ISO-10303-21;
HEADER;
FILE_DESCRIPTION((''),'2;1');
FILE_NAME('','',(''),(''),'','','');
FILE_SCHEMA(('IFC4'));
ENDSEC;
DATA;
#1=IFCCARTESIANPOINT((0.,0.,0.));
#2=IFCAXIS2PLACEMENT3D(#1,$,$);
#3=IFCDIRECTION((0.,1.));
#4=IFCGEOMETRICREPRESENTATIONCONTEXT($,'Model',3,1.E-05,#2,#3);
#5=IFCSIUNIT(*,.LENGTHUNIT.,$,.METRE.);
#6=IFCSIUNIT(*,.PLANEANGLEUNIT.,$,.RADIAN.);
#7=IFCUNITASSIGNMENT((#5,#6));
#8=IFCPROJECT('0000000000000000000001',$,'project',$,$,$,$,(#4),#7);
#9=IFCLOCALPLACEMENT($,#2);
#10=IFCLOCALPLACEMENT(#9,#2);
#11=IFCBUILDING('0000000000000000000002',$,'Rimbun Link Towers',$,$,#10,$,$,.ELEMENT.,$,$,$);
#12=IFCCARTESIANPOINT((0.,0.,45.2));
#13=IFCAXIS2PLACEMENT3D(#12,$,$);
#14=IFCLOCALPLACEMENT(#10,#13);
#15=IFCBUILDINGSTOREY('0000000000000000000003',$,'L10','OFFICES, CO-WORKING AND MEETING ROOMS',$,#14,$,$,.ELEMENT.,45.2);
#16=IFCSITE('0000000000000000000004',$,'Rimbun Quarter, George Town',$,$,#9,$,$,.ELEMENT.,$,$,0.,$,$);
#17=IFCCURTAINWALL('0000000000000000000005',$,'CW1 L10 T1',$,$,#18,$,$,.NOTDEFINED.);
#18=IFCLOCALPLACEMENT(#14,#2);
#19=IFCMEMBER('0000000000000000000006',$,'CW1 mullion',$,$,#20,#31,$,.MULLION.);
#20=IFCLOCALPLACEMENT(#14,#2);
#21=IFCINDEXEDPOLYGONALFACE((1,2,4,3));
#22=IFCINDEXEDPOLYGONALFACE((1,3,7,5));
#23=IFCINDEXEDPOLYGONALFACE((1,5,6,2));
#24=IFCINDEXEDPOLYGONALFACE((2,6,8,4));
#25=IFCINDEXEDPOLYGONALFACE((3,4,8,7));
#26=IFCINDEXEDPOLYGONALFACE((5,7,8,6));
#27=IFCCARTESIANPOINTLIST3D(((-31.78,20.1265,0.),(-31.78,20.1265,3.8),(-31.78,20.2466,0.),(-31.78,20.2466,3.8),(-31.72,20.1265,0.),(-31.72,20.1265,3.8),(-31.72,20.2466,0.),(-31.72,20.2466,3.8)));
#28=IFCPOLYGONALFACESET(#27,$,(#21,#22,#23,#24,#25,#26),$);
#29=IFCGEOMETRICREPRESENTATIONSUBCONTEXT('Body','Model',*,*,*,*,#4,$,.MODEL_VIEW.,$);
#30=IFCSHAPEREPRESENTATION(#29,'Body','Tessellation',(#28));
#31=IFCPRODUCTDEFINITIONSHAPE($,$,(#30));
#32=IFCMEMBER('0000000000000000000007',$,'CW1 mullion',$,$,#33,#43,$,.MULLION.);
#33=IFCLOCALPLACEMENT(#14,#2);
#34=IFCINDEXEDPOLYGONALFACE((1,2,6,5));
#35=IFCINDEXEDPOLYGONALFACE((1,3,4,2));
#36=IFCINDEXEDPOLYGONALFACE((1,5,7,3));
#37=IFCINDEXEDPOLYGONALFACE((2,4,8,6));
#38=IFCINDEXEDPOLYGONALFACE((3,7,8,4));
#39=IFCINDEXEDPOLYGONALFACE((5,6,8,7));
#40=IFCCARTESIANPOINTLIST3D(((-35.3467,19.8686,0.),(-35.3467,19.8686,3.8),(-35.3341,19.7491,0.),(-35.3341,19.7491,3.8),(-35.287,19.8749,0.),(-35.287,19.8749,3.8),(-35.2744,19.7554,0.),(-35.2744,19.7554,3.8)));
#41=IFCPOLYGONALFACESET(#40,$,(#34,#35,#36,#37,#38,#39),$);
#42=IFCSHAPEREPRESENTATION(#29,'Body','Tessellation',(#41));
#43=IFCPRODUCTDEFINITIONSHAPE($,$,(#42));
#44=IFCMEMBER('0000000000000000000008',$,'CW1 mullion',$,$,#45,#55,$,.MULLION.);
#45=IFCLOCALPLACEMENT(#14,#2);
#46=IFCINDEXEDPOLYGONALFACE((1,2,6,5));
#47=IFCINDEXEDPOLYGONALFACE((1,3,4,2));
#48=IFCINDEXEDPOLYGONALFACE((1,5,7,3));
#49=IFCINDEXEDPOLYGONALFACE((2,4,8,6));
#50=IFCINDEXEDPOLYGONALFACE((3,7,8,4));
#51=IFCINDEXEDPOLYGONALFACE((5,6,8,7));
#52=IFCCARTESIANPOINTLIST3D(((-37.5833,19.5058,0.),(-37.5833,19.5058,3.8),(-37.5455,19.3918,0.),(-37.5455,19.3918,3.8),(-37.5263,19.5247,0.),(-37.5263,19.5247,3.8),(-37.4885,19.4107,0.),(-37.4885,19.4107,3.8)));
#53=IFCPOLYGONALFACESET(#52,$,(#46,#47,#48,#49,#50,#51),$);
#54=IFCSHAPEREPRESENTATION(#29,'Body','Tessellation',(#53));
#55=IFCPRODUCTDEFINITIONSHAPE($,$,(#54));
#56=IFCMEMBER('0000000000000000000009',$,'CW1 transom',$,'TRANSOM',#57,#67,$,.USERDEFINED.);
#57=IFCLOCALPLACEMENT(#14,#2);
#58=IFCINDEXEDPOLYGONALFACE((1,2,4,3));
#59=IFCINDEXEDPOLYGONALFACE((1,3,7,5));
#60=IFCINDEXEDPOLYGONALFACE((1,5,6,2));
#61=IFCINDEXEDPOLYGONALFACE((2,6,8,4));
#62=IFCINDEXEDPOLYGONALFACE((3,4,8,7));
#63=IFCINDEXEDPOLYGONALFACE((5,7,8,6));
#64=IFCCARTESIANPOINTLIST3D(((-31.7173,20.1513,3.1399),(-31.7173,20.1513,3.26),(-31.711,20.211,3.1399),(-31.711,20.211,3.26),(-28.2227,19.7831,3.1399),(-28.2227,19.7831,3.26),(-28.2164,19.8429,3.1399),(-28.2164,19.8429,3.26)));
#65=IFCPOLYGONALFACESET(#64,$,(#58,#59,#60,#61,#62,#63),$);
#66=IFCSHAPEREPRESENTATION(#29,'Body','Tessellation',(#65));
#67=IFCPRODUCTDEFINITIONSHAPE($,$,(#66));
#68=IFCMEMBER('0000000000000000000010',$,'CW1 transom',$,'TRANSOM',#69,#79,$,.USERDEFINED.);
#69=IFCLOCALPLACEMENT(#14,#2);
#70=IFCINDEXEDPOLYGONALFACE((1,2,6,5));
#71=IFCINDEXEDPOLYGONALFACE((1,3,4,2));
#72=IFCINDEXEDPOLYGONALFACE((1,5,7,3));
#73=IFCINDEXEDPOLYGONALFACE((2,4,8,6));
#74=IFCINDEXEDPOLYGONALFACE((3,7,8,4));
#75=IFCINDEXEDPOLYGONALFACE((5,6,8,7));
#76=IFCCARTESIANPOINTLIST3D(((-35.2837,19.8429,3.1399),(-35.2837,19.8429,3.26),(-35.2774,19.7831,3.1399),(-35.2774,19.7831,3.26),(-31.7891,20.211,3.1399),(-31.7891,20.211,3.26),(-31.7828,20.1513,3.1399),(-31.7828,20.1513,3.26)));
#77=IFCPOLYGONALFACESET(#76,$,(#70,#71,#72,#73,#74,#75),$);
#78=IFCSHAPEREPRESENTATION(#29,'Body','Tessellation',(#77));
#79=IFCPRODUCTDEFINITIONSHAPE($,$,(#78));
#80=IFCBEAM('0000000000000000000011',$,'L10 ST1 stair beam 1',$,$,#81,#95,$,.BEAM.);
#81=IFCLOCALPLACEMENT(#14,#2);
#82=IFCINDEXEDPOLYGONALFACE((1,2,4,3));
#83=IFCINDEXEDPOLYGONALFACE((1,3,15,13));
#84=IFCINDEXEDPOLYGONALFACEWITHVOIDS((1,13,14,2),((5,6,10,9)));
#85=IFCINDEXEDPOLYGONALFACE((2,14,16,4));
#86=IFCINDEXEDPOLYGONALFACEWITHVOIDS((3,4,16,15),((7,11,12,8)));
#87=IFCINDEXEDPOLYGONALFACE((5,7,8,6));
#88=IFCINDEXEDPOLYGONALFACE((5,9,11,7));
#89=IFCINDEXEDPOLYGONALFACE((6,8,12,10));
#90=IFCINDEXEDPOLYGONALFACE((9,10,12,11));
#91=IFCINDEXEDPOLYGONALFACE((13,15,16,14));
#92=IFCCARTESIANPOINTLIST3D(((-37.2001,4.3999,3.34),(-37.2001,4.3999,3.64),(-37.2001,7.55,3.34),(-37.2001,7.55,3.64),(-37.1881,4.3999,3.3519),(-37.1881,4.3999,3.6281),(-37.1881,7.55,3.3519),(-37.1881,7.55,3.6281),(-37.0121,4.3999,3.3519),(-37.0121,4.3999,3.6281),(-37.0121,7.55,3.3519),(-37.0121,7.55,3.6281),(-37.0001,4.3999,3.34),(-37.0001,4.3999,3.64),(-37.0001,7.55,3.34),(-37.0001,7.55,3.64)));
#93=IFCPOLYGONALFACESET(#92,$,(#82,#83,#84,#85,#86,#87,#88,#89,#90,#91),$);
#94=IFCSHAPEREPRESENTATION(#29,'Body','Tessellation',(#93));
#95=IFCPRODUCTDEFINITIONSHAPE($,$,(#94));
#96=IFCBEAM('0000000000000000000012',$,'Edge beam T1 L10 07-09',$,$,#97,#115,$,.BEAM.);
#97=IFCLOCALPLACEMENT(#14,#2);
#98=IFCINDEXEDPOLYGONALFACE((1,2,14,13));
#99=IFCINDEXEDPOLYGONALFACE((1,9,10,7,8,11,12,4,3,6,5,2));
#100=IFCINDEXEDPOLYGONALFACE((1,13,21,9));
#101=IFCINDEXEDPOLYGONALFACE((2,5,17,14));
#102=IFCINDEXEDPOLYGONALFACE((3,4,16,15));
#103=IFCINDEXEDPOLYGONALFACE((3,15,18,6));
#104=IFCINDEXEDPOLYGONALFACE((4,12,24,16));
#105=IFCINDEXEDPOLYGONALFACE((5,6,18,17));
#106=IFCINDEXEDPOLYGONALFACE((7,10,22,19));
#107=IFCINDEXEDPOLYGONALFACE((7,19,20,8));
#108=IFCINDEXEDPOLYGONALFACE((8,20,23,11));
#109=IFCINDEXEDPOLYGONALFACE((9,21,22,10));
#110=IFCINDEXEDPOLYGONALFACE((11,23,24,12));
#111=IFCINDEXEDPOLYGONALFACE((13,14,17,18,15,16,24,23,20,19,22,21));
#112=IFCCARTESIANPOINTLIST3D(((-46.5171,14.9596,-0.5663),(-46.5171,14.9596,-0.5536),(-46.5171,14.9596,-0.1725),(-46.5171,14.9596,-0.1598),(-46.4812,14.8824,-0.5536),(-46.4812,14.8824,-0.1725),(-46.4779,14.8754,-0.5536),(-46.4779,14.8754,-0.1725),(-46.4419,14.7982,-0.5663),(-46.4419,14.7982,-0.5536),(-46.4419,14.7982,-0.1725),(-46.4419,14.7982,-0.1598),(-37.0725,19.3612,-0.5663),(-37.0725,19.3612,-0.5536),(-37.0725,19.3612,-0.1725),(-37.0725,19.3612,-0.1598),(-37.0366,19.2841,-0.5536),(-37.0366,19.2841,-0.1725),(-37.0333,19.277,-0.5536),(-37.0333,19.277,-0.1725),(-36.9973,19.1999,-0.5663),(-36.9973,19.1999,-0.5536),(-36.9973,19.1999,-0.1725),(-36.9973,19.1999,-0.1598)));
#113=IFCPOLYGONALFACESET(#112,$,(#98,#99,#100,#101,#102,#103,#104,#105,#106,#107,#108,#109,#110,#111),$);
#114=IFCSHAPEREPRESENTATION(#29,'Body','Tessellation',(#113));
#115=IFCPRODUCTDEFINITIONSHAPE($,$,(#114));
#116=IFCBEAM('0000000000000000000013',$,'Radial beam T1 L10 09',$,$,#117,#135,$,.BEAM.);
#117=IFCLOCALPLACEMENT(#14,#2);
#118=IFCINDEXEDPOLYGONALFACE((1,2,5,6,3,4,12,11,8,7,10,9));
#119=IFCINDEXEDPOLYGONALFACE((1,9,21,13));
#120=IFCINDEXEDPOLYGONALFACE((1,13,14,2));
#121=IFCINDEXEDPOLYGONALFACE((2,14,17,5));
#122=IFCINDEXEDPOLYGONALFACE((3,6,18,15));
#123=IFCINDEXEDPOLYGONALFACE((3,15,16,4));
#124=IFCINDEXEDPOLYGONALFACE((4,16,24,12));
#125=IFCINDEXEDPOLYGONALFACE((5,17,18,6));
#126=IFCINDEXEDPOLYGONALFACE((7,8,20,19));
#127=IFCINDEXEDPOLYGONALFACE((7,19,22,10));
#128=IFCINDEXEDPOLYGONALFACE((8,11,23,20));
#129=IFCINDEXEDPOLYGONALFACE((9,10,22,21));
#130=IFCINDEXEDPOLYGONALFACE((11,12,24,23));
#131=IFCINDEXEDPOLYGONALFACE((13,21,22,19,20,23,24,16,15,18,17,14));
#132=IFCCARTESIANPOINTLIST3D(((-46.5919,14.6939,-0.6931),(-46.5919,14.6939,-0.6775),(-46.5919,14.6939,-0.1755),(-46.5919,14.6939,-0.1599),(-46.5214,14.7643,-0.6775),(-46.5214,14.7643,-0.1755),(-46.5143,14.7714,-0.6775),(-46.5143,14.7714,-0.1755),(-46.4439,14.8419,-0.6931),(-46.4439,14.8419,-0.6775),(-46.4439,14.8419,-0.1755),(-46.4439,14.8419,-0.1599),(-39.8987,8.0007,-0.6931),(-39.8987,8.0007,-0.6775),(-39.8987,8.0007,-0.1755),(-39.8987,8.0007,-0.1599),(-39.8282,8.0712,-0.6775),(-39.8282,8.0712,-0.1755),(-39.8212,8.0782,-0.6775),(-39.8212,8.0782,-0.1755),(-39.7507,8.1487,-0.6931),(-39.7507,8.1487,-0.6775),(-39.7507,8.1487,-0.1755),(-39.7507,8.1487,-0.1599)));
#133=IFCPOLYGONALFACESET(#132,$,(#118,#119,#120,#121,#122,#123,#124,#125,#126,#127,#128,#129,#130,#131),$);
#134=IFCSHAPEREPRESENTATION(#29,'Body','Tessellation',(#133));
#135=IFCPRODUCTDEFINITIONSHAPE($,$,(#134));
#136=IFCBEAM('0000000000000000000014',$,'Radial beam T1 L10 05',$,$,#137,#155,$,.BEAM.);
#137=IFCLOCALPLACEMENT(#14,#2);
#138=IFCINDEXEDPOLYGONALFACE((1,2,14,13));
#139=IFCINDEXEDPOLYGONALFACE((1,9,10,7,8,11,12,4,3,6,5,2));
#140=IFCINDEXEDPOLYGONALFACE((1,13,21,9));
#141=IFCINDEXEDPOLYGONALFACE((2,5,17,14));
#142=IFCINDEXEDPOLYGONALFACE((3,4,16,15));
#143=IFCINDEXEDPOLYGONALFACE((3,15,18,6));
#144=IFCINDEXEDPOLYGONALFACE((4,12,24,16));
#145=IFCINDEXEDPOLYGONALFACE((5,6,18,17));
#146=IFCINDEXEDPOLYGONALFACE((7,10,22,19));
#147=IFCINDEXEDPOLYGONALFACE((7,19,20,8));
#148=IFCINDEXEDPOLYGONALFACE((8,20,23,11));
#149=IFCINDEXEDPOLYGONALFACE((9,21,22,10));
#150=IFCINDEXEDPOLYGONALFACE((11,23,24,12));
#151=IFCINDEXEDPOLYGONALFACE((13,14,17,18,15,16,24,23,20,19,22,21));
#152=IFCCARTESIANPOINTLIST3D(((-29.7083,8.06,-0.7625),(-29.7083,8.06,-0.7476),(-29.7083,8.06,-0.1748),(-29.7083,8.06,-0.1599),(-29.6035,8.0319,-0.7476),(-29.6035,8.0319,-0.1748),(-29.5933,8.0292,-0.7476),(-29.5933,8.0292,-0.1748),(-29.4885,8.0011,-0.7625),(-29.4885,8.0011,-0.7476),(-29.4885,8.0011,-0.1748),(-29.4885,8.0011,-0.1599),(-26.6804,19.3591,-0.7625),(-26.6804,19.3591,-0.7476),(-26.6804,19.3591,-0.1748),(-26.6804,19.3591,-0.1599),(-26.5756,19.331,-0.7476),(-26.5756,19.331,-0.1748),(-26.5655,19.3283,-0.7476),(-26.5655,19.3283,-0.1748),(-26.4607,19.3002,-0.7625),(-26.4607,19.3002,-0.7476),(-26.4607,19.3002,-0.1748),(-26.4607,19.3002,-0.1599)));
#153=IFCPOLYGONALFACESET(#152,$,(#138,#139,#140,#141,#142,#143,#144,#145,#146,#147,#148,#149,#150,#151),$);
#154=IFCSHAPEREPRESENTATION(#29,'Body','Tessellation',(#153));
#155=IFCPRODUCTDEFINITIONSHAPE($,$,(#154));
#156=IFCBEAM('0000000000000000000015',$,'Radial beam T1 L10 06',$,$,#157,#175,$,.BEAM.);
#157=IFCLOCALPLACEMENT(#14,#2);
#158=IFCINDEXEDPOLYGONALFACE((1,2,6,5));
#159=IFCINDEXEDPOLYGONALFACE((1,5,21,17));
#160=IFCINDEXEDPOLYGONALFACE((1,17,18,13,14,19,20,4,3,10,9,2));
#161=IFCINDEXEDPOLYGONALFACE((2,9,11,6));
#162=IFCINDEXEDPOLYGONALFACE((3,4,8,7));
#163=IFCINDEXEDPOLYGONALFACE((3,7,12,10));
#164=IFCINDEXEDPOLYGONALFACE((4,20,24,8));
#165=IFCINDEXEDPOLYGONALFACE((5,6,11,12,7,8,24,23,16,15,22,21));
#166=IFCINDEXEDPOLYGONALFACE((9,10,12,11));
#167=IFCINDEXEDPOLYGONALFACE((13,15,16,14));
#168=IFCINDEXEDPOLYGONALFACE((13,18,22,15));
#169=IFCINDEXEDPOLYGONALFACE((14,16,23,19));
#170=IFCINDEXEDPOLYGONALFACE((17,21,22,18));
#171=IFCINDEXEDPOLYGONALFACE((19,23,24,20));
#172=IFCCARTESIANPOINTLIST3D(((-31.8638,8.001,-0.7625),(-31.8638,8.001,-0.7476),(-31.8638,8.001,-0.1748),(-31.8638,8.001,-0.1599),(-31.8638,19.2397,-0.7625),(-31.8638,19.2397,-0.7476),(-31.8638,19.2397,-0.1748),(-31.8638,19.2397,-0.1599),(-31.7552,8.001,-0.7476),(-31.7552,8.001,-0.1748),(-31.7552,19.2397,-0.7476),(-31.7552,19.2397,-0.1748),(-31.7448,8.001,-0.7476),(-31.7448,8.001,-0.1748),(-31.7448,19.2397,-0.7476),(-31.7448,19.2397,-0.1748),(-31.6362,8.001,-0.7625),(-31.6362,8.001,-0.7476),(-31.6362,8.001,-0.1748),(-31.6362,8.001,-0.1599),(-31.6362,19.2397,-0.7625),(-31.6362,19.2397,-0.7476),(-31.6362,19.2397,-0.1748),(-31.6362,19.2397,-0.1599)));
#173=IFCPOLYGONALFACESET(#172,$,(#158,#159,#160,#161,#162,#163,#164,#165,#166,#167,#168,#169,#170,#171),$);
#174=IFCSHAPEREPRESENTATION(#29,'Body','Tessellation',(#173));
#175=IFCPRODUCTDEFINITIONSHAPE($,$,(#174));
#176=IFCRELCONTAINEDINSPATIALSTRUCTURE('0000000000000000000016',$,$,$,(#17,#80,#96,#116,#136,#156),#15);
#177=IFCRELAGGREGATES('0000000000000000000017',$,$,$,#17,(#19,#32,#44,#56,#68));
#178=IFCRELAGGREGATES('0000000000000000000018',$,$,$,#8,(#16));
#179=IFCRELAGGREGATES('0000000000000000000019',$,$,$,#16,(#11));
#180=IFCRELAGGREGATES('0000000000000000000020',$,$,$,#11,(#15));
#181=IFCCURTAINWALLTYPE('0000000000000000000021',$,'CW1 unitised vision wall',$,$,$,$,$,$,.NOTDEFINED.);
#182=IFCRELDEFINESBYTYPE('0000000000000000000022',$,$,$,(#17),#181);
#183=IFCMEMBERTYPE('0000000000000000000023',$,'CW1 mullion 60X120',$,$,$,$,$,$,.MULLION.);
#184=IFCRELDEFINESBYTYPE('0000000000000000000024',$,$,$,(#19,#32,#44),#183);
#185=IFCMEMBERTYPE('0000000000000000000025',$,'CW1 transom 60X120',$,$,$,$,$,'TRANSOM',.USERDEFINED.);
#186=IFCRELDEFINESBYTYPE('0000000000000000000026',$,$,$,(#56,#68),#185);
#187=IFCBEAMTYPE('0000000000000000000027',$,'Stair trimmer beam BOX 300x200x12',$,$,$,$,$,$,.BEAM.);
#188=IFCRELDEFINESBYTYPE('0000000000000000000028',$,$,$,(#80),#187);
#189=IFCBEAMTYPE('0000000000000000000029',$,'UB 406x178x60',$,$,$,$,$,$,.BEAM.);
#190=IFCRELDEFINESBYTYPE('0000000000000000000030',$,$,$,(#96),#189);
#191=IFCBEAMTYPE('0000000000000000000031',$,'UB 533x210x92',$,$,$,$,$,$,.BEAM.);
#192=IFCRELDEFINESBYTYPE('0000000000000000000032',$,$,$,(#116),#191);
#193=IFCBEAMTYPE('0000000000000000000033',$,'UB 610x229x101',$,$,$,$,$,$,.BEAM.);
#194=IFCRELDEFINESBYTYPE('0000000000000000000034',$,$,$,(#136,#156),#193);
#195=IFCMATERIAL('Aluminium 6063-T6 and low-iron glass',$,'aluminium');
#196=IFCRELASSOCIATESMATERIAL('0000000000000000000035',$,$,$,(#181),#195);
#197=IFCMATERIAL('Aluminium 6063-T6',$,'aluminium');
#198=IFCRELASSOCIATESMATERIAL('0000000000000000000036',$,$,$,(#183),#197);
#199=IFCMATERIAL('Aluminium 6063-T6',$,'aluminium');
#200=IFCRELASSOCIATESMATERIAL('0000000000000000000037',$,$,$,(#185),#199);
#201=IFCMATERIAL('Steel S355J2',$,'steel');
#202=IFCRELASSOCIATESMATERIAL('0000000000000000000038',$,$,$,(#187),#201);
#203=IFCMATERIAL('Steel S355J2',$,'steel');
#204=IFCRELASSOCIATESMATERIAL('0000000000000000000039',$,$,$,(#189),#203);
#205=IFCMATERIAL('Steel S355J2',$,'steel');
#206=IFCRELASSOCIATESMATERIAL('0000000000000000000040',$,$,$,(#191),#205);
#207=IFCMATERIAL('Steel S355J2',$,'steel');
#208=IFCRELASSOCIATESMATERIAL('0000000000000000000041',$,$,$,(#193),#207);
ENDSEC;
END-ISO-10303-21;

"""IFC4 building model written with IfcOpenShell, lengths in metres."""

from ifc_helpers import new_model, si_unit, direction, frame, origin, origin_2d, place, context, subcontext, project, spatial, rectangle, hollow_rectangle, i_section, extrude, material, material_profile, profile_set, type_object, element, aggregate, save


model = new_model("IFC4")

# Units and contexts
model_context = context("Model", 3, precision=1e-05, world=origin(), true_north=direction((0.0, 1.0)))
body_context = subcontext(model_context, "Body", "Model", "MODEL_VIEW")
ifc_project = project(units=[si_unit("LENGTHUNIT", "METRE"), si_unit("PLANEANGLEUNIT", "RADIAN")], contexts=[model_context])

# Site, building, storey
site_placement = place(None, origin())
site = spatial("IfcSite", under=ifc_project, at=site_placement, Name="Rimbun Quarter, George Town", CompositionType="ELEMENT", RefElevation=0.0)
building_placement = place(site_placement, origin())
building = spatial("IfcBuilding", under=site, at=building_placement, Name="Rimbun Link Towers", CompositionType="ELEMENT")
storey_placement = place(building_placement, frame((0.0, 0.0, 45.2)))
storey = spatial("IfcBuildingStorey", under=building, at=storey_placement, Name="L10", Description="OFFICES, CO-WORKING AND MEETING ROOMS", CompositionType="ELEMENT", Elevation=45.2)

# Curtain wall, members
ifc_material_1 = material(Name="Aluminium 6063-T6 and low-iron glass", Category="aluminium")
curtain_wall_type = type_object("IfcCurtainWallType", Name="CW1 unitised vision wall", PredefinedType="NOTDEFINED", material=ifc_material_1)
curtain_wall_placement = place(storey_placement, origin())
curtain_wall = element("IfcCurtainWall", 1, at=curtain_wall_placement, inside=storey, type_object=curtain_wall_type, Name="CW1 L10 T1", PredefinedType="NOTDEFINED")
ifc_material_2 = material(Name="Aluminium 6063-T6", Category="aluminium")
ifc_material_profile_1 = material_profile(ifc_material_2, rectangle(XDim=0.1201, YDim=0.0601, at=origin_2d()), Name="MULLION 60X120")
ifc_profile_set_1 = profile_set([ifc_material_profile_1], Name="Aluminium 6063-T6")
member_type_1 = type_object("IfcMemberType", Name="CW1 mullion 60X120", PredefinedType="MULLION", material=ifc_profile_set_1)
member_1_placement = place(storey_placement, frame((-31.75, 20.1865, 0.0), z_axis=(0.0, 0.0, 1.0), x_axis=(0.0, 1.0, 0.0)))
member_1 = element("IfcMember", 2, at=member_1_placement, type_object=member_type_1, Name="CW1 mullion", PredefinedType="MULLION", context=body_context, shape_type="SweptSolid", body=[
    extrude(rectangle(XDim=0.1201, YDim=0.0601, at=origin_2d()), origin(), (0.0, 0.0, 1.0), 3.8),
])
member_2_placement = place(storey_placement, frame((-35.3105, 19.812, 0.0), z_axis=(0.0, 0.0, 1.0), x_axis=(-0.104742, 0.994499, 0.0)))
member_2 = element("IfcMember", 3, at=member_2_placement, type_object=member_type_1, Name="CW1 mullion", PredefinedType="MULLION", context=body_context, shape_type="SweptSolid", body=[
    extrude(rectangle(XDim=0.1201, YDim=0.0601, at=origin_2d()), origin(), (0.0, 0.0, 1.0), 3.8),
])
member_3_placement = place(storey_placement, frame((-37.5359, 19.4583, 0.0), z_axis=(0.0, 0.0, 1.0), x_axis=(-0.314558, 0.949238, 0.0)))
member_3 = element("IfcMember", 4, at=member_3_placement, type_object=member_type_1, Name="CW1 mullion", PredefinedType="MULLION", context=body_context, shape_type="SweptSolid", body=[
    extrude(rectangle(XDim=0.1201, YDim=0.0601, at=origin_2d()), origin(), (0.0, 0.0, 1.0), 3.8),
])
ifc_material_3 = material(Name="Aluminium 6063-T6", Category="aluminium")
ifc_material_profile_2 = material_profile(ifc_material_3, rectangle(XDim=0.0601, YDim=0.1201, at=origin_2d()), Name="TRANSOM 60X120")
ifc_profile_set_2 = profile_set([ifc_material_profile_2], Name="Aluminium 6063-T6")
member_type_2 = type_object("IfcMemberType", Name="CW1 transom 60X120", ElementType="TRANSOM", PredefinedType="USERDEFINED", material=ifc_profile_set_2)
member_4_placement = place(storey_placement, frame((-31.7141, 20.1812, 3.2), z_axis=(0.994496, -0.104772, 0.0), x_axis=(0.104772, 0.994496, 0.0)))
member_4 = element("IfcMember", 5, at=member_4_placement, type_object=member_type_2, Name="CW1 transom", ObjectType="TRANSOM", PredefinedType="USERDEFINED", context=body_context, shape_type="SweptSolid", body=[
    extrude(rectangle(XDim=0.0601, YDim=0.1201, at=origin_2d()), origin(), (0.0, 0.0, 1.0), 3.5139),
])
member_5_placement = place(storey_placement, frame((-35.2805, 19.813, 3.2), z_axis=(0.994496, 0.104772, 0.0), x_axis=(-0.104772, 0.994496, 0.0)))
member_5 = element("IfcMember", 6, at=member_5_placement, type_object=member_type_2, Name="CW1 transom", ObjectType="TRANSOM", PredefinedType="USERDEFINED", context=body_context, shape_type="SweptSolid", body=[
    extrude(rectangle(XDim=0.0601, YDim=0.1201, at=origin_2d()), origin(), (0.0, 0.0, 1.0), 3.5139),
])

# Beams
ifc_material_4 = material(Name="Steel S355J2", Category="steel")
ifc_material_profile_3 = material_profile(ifc_material_4, hollow_rectangle(XDim=0.2, YDim=0.3, WallThickness=0.012, at=origin_2d()), Name="BOX 300x200x12")
ifc_profile_set_3 = profile_set([ifc_material_profile_3], Name="Steel S355J2")
beam_type_1 = type_object("IfcBeamType", Name="Stair trimmer beam BOX 300x200x12", PredefinedType="BEAM", material=ifc_profile_set_3)
beam_1_placement = place(storey_placement, frame((-37.1001, 7.55, 3.49), z_axis=(0.0, -1.0, 0.0), x_axis=(1.0, 0.0, 0.0)))
element("IfcBeam", 7, at=beam_1_placement, inside=storey, type_object=beam_type_1, Name="L10 ST1 stair beam 1", PredefinedType="BEAM", context=body_context, shape_type="SweptSolid", body=[
    extrude(hollow_rectangle(XDim=0.2, YDim=0.3, WallThickness=0.012, at=origin_2d()), origin(), (0.0, 0.0, 1.0), 3.1501),
])
ifc_material_5 = material(Name="Steel S355J2", Category="steel")
ifc_material_profile_4 = material_profile(ifc_material_5, i_section(OverallWidth=0.178, OverallDepth=0.4065, WebThickness=0.0078, FlangeThickness=0.0127, at=origin_2d()), Name="UB 406x178x60")
ifc_profile_set_4 = profile_set([ifc_material_profile_4], Name="Steel S355J2")
beam_type_2 = type_object("IfcBeamType", Name="UB 406x178x60", PredefinedType="BEAM", material=ifc_profile_set_4)
beam_2_placement = place(storey_placement, frame((-37.0349, 19.2805, -0.363), z_axis=(-0.906399, -0.422424, 0.0), x_axis=(0.422424, -0.906399, 0.0)))
element("IfcBeam", 8, at=beam_2_placement, inside=storey, type_object=beam_type_2, Name="Edge beam T1 L10 07-09", PredefinedType="BEAM", context=body_context, shape_type="SweptSolid", body=[
    extrude(i_section(OverallWidth=0.178, OverallDepth=0.4065, WebThickness=0.0078, FlangeThickness=0.0127, at=origin_2d()), origin(), (0.0, 0.0, 1.0), 10.4199),
])
ifc_material_6 = material(Name="Steel S355J2", Category="steel")
ifc_material_profile_5 = material_profile(ifc_material_6, i_section(OverallWidth=0.2092, OverallDepth=0.5332, WebThickness=0.01, FlangeThickness=0.0156, at=origin_2d()), Name="UB 533x210x92")
ifc_profile_set_5 = profile_set([ifc_material_profile_5], Name="Steel S355J2")
beam_type_3 = type_object("IfcBeamType", Name="UB 533x210x92", PredefinedType="BEAM", material=ifc_profile_set_5)
beam_3_placement = place(storey_placement, frame((-39.8247, 8.0747, -0.4265), z_axis=(-0.707107, 0.707107, 0.0), x_axis=(-0.707107, -0.707107, 0.0)))
element("IfcBeam", 9, at=beam_3_placement, inside=storey, type_object=beam_type_3, Name="Radial beam T1 L10 09", PredefinedType="BEAM", context=body_context, shape_type="SweptSolid", body=[
    extrude(i_section(OverallWidth=0.2092, OverallDepth=0.5332, WebThickness=0.01, FlangeThickness=0.0156, at=origin_2d()), origin(), (0.0, 0.0, 1.0), 9.4656),
])
ifc_material_7 = material(Name="Steel S355J2", Category="steel")
ifc_material_profile_6 = material_profile(ifc_material_7, i_section(OverallWidth=0.2275, OverallDepth=0.6025, WebThickness=0.0105, FlangeThickness=0.0149, at=origin_2d()), Name="UB 610x229x101")
ifc_profile_set_6 = profile_set([ifc_material_profile_6], Name="Steel S355J2")
beam_type_4 = type_object("IfcBeamType", Name="UB 610x229x101", PredefinedType="BEAM", material=ifc_profile_set_6)
beam_4_placement = place(storey_placement, frame((-29.5984, 8.0305, -0.4612), z_axis=(0.258839, 0.96592, 0.0), x_axis=(-0.96592, 0.258839, 0.0)))
element("IfcBeam", 10, at=beam_4_placement, inside=storey, type_object=beam_type_4, Name="Radial beam T1 L10 05", PredefinedType="BEAM", context=body_context, shape_type="SweptSolid", body=[
    extrude(i_section(OverallWidth=0.2275, OverallDepth=0.6025, WebThickness=0.0105, FlangeThickness=0.0149, at=origin_2d()), origin(), (0.0, 0.0, 1.0), 11.6978),
])
beam_5_placement = place(storey_placement, frame((-31.75, 8.001, -0.4612), z_axis=(0.0, 1.0, 0.0), x_axis=(-1.0, 0.0, 0.0)))
element("IfcBeam", 11, at=beam_5_placement, inside=storey, type_object=beam_type_4, Name="Radial beam T1 L10 06", PredefinedType="BEAM", context=body_context, shape_type="SweptSolid", body=[
    extrude(i_section(OverallWidth=0.2275, OverallDepth=0.6025, WebThickness=0.0105, FlangeThickness=0.0149, at=origin_2d()), origin(), (0.0, 0.0, 1.0), 11.2388),
])

aggregate(curtain_wall, [member_1, member_2, member_3, member_4, member_5])

save(model, "model.ifc")
